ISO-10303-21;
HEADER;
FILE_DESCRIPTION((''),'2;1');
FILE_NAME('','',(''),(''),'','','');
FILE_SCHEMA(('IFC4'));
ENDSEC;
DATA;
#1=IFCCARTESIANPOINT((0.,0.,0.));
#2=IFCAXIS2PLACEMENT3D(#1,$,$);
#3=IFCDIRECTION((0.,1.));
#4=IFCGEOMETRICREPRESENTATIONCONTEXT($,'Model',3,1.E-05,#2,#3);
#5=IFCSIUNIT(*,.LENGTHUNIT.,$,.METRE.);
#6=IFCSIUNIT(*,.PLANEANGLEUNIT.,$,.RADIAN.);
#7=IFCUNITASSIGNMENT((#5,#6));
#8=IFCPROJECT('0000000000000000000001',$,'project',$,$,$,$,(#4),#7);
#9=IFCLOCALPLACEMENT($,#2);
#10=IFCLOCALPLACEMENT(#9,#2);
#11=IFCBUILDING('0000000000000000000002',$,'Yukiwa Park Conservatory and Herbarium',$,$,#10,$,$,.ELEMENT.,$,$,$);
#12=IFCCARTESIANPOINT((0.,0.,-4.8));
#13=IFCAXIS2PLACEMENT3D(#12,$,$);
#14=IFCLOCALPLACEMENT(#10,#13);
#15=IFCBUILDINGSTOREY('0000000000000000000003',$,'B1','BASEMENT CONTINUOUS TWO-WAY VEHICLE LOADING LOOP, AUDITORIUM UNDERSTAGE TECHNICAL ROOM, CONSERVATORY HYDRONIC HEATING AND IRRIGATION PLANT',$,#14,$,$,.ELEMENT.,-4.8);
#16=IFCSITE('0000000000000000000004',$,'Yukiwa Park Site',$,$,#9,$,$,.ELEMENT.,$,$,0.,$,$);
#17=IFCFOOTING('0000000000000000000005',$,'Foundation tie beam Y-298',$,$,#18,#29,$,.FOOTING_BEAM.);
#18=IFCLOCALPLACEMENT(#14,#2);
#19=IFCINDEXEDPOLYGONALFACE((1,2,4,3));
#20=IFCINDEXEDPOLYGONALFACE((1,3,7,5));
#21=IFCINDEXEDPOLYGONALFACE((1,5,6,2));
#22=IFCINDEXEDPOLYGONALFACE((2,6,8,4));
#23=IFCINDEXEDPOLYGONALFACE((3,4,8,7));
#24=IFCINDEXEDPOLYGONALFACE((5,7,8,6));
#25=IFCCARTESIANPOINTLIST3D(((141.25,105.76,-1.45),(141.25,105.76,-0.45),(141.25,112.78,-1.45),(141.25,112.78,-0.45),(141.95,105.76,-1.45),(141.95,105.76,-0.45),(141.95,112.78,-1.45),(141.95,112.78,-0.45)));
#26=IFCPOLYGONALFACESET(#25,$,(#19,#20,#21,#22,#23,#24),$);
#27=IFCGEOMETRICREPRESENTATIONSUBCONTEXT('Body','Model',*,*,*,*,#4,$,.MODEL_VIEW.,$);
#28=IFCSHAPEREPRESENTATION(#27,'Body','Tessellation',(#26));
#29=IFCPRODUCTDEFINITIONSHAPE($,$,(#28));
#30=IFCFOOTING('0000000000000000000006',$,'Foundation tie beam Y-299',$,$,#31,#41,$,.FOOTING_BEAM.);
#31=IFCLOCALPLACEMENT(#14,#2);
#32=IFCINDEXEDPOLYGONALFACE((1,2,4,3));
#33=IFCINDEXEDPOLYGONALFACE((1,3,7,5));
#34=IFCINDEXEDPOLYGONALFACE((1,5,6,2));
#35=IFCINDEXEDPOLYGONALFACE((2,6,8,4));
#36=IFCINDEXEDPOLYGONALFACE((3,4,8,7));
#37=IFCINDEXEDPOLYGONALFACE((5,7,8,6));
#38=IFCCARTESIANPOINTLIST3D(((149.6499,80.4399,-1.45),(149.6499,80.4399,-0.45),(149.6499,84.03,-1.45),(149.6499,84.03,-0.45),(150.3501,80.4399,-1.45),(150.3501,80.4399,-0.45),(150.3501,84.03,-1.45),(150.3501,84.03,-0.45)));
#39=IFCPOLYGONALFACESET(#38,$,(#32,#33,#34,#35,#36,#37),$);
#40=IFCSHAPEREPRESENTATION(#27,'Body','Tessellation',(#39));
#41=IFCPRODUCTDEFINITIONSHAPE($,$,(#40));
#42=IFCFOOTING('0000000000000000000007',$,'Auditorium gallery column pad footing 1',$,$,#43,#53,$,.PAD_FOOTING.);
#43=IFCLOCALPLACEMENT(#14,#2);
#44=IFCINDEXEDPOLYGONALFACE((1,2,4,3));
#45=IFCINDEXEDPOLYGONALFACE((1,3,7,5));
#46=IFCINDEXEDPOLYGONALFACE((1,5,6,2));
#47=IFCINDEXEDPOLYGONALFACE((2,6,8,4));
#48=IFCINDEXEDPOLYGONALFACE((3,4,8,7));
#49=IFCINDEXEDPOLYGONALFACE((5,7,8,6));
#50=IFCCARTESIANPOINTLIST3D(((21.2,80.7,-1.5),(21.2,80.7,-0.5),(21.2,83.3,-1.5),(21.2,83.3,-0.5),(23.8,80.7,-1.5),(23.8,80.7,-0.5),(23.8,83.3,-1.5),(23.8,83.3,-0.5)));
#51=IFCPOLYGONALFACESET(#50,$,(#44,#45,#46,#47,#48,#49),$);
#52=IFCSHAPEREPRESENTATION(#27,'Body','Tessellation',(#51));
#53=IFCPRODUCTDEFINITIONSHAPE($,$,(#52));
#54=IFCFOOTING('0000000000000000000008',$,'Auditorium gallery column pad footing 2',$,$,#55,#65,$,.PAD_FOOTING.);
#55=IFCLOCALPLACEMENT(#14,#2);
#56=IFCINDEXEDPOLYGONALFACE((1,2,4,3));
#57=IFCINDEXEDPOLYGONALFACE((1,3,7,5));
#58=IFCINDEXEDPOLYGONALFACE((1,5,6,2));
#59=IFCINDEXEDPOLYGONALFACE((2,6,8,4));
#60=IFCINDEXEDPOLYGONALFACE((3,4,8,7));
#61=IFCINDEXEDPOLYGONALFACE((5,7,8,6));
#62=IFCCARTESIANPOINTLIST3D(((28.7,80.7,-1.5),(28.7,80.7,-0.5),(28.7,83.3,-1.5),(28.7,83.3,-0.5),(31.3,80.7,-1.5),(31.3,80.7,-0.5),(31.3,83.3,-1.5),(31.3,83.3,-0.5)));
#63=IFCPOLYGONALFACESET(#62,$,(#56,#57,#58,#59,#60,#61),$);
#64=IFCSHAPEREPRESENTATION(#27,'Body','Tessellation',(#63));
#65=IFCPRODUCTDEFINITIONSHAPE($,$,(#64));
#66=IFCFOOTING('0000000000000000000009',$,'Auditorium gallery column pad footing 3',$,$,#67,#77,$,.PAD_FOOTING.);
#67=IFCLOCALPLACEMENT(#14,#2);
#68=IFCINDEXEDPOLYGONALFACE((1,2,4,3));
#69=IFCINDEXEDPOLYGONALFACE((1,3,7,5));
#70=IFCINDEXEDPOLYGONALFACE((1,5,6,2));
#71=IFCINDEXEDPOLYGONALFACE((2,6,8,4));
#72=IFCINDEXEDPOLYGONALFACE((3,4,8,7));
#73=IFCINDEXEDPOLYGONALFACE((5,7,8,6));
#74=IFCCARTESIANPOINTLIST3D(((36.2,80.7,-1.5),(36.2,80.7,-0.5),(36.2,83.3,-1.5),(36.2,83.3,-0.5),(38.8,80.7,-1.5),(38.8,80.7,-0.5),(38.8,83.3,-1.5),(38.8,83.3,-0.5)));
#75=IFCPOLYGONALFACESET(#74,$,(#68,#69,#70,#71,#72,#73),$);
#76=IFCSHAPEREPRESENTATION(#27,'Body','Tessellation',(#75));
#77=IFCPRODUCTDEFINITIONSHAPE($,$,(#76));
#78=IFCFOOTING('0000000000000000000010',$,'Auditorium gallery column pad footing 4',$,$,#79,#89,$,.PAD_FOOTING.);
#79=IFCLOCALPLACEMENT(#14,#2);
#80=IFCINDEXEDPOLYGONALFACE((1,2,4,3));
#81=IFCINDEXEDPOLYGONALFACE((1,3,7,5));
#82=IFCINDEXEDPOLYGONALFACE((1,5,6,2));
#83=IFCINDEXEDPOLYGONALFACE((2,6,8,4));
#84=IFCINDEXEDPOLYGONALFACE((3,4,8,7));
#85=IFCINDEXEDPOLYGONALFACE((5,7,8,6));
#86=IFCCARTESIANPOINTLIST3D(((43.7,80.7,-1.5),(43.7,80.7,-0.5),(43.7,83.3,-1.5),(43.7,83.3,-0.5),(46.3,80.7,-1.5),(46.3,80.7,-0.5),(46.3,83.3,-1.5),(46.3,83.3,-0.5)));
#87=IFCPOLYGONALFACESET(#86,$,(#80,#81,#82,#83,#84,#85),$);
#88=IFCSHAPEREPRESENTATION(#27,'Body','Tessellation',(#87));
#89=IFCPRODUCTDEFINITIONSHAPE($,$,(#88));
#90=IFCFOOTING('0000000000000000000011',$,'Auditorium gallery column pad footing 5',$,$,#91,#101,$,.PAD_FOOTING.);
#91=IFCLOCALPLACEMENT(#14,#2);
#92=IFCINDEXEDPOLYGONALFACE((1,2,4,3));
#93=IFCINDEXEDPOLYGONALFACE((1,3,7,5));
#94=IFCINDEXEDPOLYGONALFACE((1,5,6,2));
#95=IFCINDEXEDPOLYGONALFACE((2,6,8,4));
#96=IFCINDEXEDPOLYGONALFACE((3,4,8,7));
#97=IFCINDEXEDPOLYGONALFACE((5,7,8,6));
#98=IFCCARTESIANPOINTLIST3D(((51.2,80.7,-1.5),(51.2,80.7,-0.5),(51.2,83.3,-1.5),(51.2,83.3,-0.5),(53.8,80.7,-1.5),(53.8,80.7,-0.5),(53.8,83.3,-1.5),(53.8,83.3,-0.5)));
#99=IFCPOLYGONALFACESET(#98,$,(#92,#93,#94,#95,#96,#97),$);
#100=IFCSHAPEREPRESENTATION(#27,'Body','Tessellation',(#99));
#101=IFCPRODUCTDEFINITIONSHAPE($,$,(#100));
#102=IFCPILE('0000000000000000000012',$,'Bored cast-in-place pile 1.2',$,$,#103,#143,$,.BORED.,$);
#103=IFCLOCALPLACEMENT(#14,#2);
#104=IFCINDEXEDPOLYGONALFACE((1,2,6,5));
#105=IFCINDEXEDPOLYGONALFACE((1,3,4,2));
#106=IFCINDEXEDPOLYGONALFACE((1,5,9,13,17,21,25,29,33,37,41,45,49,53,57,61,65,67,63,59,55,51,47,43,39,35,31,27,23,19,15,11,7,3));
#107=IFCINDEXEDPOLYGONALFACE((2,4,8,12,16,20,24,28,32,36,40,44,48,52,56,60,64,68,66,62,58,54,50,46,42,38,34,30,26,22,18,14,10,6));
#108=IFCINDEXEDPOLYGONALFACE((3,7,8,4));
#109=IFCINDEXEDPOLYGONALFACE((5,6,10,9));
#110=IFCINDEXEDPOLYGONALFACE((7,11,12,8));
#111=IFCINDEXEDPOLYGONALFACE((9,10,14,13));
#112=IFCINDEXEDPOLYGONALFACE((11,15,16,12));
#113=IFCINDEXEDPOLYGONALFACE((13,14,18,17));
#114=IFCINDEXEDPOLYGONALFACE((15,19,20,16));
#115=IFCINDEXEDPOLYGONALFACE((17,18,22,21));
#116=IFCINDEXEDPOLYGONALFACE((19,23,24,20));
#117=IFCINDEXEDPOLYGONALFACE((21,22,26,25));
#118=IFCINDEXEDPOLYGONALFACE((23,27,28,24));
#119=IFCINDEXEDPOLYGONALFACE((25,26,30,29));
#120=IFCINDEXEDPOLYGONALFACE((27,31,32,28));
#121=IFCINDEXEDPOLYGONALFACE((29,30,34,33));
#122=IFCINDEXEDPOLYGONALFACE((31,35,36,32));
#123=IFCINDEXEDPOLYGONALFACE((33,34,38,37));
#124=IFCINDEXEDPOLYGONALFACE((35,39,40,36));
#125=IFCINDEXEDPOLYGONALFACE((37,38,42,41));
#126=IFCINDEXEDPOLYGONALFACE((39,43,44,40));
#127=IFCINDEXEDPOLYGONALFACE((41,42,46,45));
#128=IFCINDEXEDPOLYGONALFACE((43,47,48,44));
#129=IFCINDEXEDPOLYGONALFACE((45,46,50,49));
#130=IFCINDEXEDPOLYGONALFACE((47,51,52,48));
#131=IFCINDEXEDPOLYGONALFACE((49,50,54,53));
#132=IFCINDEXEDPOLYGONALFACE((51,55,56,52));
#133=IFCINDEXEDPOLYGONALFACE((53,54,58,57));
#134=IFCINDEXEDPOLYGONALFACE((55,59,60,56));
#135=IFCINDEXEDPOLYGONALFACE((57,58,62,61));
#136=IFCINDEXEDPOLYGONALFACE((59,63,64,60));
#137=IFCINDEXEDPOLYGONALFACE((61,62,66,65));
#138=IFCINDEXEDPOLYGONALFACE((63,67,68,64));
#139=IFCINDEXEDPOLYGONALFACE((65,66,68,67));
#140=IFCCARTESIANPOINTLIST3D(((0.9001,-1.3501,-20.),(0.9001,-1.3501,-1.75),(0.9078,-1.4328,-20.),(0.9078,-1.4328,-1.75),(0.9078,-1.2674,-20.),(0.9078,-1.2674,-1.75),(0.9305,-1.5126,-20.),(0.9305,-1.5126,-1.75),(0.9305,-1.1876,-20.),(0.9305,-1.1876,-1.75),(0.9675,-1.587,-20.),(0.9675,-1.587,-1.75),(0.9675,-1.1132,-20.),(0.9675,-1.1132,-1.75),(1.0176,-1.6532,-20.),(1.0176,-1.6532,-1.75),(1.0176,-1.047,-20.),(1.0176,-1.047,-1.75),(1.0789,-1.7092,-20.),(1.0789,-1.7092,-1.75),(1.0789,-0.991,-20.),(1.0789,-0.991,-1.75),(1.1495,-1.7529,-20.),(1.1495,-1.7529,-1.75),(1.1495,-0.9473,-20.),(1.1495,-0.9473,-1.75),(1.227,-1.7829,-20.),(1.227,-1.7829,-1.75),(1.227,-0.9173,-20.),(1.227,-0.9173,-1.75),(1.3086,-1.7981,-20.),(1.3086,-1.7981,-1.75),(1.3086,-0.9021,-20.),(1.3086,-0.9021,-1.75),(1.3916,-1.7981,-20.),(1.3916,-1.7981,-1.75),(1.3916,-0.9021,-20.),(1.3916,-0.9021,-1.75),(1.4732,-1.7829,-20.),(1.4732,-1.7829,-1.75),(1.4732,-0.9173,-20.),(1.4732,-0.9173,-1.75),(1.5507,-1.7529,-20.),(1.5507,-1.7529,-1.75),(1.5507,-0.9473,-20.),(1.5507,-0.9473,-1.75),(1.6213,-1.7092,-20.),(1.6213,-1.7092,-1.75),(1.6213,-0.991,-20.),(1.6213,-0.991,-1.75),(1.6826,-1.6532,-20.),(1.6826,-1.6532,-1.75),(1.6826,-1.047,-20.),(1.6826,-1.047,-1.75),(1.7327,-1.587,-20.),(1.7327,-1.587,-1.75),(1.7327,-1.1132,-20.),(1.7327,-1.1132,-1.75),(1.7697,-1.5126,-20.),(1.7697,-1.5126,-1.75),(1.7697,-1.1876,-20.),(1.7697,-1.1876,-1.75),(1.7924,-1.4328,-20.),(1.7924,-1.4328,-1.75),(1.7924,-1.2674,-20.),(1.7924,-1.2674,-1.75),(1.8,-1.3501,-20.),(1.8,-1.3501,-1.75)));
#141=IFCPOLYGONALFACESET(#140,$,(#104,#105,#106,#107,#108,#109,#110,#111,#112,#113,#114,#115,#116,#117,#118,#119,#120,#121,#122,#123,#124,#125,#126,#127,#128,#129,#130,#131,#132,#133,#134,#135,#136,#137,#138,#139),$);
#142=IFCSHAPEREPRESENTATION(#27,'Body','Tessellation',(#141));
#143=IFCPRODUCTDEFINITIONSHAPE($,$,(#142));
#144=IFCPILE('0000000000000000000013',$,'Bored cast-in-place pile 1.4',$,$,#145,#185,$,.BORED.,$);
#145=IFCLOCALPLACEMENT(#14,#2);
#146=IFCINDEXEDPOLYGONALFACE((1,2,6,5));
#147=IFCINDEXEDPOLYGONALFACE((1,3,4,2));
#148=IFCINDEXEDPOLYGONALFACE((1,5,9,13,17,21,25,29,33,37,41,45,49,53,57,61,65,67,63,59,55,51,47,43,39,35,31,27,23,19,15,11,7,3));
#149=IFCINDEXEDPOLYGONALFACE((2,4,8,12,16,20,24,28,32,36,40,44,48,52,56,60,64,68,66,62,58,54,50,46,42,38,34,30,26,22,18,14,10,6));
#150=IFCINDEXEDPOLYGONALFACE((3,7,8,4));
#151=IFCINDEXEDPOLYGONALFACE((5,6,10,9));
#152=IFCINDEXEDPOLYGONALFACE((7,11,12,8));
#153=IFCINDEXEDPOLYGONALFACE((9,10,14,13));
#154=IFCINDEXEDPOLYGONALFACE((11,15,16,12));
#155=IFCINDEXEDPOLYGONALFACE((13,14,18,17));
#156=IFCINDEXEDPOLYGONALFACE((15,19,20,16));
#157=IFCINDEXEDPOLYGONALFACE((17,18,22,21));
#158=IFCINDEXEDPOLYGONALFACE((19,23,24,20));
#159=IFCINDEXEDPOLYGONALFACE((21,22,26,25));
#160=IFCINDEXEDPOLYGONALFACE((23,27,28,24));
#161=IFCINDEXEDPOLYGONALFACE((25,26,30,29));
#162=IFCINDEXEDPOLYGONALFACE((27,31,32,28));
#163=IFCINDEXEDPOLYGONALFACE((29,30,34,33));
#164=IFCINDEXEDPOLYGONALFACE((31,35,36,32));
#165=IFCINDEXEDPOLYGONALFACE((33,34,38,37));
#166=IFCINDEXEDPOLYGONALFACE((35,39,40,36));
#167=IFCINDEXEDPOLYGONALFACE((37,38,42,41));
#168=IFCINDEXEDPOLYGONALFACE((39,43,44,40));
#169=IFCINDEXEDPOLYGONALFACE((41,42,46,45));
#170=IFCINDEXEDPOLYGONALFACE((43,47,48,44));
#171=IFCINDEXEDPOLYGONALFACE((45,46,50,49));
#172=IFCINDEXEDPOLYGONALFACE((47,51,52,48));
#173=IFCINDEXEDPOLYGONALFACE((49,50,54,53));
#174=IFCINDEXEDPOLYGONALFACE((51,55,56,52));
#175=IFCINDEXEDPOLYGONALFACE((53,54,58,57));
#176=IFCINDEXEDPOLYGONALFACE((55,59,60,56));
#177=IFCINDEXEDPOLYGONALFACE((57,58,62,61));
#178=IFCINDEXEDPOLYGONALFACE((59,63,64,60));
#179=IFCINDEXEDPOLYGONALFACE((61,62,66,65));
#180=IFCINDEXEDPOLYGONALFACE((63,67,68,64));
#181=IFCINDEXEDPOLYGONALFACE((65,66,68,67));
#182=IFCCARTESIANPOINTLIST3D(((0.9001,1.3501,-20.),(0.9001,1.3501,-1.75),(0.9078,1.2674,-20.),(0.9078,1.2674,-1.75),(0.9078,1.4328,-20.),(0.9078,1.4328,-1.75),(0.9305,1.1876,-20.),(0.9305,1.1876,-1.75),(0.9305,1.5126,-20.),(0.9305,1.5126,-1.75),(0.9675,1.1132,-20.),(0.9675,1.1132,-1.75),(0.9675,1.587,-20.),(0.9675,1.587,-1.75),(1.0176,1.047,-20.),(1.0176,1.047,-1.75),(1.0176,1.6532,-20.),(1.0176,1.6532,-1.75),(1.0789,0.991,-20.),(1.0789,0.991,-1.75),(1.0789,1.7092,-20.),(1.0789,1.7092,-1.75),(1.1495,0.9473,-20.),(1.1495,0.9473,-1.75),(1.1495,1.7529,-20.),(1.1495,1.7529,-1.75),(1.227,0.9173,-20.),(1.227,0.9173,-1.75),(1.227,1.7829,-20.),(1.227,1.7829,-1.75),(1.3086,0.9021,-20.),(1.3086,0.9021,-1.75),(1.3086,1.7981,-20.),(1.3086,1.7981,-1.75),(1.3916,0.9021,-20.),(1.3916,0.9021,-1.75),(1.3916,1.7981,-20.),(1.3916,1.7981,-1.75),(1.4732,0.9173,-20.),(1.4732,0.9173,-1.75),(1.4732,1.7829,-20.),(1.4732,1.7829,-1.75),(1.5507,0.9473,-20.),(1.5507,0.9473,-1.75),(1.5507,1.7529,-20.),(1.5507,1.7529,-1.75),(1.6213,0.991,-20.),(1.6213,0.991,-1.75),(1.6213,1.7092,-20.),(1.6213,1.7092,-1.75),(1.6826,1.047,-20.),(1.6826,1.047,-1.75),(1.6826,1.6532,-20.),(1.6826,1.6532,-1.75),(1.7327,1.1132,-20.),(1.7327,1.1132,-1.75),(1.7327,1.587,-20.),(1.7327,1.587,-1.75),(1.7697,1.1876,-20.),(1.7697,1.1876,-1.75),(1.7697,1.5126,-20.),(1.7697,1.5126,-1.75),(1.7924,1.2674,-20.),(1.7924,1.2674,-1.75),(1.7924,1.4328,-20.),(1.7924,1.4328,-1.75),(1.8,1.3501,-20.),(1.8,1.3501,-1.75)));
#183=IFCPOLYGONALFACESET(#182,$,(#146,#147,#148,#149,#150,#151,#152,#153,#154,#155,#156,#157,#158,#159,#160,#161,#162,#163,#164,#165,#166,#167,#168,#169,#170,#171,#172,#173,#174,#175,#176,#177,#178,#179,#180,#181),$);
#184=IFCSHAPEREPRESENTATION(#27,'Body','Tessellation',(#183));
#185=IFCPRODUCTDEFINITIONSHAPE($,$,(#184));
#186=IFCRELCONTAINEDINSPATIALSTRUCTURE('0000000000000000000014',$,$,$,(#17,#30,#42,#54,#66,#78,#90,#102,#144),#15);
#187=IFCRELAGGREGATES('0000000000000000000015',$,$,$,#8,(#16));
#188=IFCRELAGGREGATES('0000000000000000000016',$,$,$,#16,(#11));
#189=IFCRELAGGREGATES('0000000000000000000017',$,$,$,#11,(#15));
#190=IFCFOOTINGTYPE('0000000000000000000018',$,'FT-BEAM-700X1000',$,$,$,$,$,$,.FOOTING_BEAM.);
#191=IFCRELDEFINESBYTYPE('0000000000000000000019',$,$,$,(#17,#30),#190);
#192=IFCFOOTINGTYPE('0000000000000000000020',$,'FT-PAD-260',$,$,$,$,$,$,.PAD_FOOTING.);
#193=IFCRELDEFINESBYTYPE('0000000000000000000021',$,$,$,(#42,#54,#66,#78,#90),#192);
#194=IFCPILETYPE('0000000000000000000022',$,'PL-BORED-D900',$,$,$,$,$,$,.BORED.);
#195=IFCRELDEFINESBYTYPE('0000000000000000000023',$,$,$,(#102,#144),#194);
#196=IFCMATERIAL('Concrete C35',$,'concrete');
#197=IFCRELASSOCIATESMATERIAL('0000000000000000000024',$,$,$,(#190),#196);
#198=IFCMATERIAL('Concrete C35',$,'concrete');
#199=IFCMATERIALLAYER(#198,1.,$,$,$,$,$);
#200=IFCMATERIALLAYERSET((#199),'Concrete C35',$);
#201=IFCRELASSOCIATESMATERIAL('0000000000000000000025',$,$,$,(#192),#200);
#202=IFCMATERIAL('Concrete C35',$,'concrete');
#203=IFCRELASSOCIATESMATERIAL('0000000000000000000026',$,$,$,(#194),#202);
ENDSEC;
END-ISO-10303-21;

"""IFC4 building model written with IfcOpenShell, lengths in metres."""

from ifc_helpers import new_model, si_unit, direction, frame, origin, origin_2d, place, context, subcontext, project, spatial, polyline, circle, outline, extrude, material, layer, layer_set, material_profile, profile_set, type_object, element, save


model = new_model("IFC4")

# Units and contexts
model_context = context("Model", 3, precision=1e-05, world=origin(), true_north=direction((0.0, 1.0)))
body_context = subcontext(model_context, "Body", "Model", "MODEL_VIEW")
ifc_project = project(units=[si_unit("LENGTHUNIT", "METRE"), si_unit("PLANEANGLEUNIT", "RADIAN")], contexts=[model_context])

# Site, building, storey
site_placement = place(None, origin())
site = spatial("IfcSite", under=ifc_project, at=site_placement, Name="Yukiwa Park Site", CompositionType="ELEMENT", RefElevation=0.0)
building_placement = place(site_placement, origin())
building = spatial("IfcBuilding", under=site, at=building_placement, Name="Yukiwa Park Conservatory and Herbarium", CompositionType="ELEMENT")
storey_placement = place(building_placement, frame((0.0, 0.0, -4.8)))
storey = spatial("IfcBuildingStorey", under=building, at=storey_placement, Name="B1", Description="BASEMENT CONTINUOUS TWO-WAY VEHICLE LOADING LOOP, AUDITORIUM UNDERSTAGE TECHNICAL ROOM, CONSERVATORY HYDRONIC HEATING AND IRRIGATION PLANT", CompositionType="ELEMENT", Elevation=-4.8)

# Footings
ifc_material_1 = material(Name="Concrete C35", Category="concrete")
footing_type_1 = type_object("IfcFootingType", Name="FT-BEAM-700X1000", PredefinedType="FOOTING_BEAM", material=ifc_material_1)
footing_1_placement = place(storey_placement, frame((0.0, 0.0, -1.45)))
element("IfcFooting", 1, at=footing_1_placement, inside=storey, type_object=footing_type_1, Name="Foundation tie beam Y-298", PredefinedType="FOOTING_BEAM", context=body_context, shape_type="SweptSolid", body=[
    extrude(outline(polyline([(141.25, 105.76), (141.95, 105.76), (141.95, 112.78), (141.25, 112.78), (141.25, 105.76)])), origin(), (0.0, 0.0, 1.0), 1.0),
])
footing_2_placement = place(storey_placement, frame((0.0, 0.0, -1.45)))
element("IfcFooting", 2, at=footing_2_placement, inside=storey, type_object=footing_type_1, Name="Foundation tie beam Y-299", PredefinedType="FOOTING_BEAM", context=body_context, shape_type="SweptSolid", body=[
    extrude(outline(polyline([(149.6499, 80.4399), (150.3501, 80.4399), (150.3501, 84.03), (149.6499, 84.03), (149.6499, 80.4399)])), origin(), (0.0, 0.0, 1.0), 1.0),
])
ifc_material_2 = material(Name="Concrete C35", Category="concrete")
ifc_layer = layer(ifc_material_2, 1.0)
ifc_layer_set = layer_set([ifc_layer], Name="Concrete C35")
footing_type_2 = type_object("IfcFootingType", Name="FT-PAD-260", PredefinedType="PAD_FOOTING", material=ifc_layer_set)
footing_3_placement = place(storey_placement, frame((0.0, 0.0, -1.5)))
element("IfcFooting", 3, at=footing_3_placement, inside=storey, type_object=footing_type_2, Name="Auditorium gallery column pad footing 1", PredefinedType="PAD_FOOTING", context=body_context, shape_type="SweptSolid", body=[
    extrude(outline(polyline([(21.2, 80.7), (23.8, 80.7), (23.8, 83.3), (21.2, 83.3), (21.2, 80.7)])), origin(), (0.0, 0.0, 1.0), 1.0),
])
footing_4_placement = place(storey_placement, frame((0.0, 0.0, -1.5)))
element("IfcFooting", 4, at=footing_4_placement, inside=storey, type_object=footing_type_2, Name="Auditorium gallery column pad footing 2", PredefinedType="PAD_FOOTING", context=body_context, shape_type="SweptSolid", body=[
    extrude(outline(polyline([(28.7, 80.7), (31.3, 80.7), (31.3, 83.3), (28.7, 83.3), (28.7, 80.7)])), origin(), (0.0, 0.0, 1.0), 1.0),
])
footing_5_placement = place(storey_placement, frame((0.0, 0.0, -1.5)))
element("IfcFooting", 5, at=footing_5_placement, inside=storey, type_object=footing_type_2, Name="Auditorium gallery column pad footing 3", PredefinedType="PAD_FOOTING", context=body_context, shape_type="SweptSolid", body=[
    extrude(outline(polyline([(36.2, 80.7), (38.8, 80.7), (38.8, 83.3), (36.2, 83.3), (36.2, 80.7)])), origin(), (0.0, 0.0, 1.0), 1.0),
])
footing_6_placement = place(storey_placement, frame((0.0, 0.0, -1.5)))
element("IfcFooting", 6, at=footing_6_placement, inside=storey, type_object=footing_type_2, Name="Auditorium gallery column pad footing 4", PredefinedType="PAD_FOOTING", context=body_context, shape_type="SweptSolid", body=[
    extrude(outline(polyline([(43.7, 80.7), (46.3, 80.7), (46.3, 83.3), (43.7, 83.3), (43.7, 80.7)])), origin(), (0.0, 0.0, 1.0), 1.0),
])
footing_7_placement = place(storey_placement, frame((0.0, 0.0, -1.5)))
element("IfcFooting", 7, at=footing_7_placement, inside=storey, type_object=footing_type_2, Name="Auditorium gallery column pad footing 5", PredefinedType="PAD_FOOTING", context=body_context, shape_type="SweptSolid", body=[
    extrude(outline(polyline([(51.2, 80.7), (53.8, 80.7), (53.8, 83.3), (51.2, 83.3), (51.2, 80.7)])), origin(), (0.0, 0.0, 1.0), 1.0),
])

# Piles
ifc_material_3 = material(Name="Concrete C35", Category="concrete")
ifc_material_profile = material_profile(ifc_material_3, circle(Radius=0.45, at=origin_2d()), Name="PILE D900")
ifc_profile_set = profile_set([ifc_material_profile], Name="Concrete C35")
pile_type = type_object("IfcPileType", Name="PL-BORED-D900", PredefinedType="BORED", material=ifc_profile_set)
for number, where, z_axis, x_axis, name in (
    (8, (1.3501, -1.3501, -1.75), (0.0, 0.0, -1.0), (1.0, 0.0, 0.0), "Bored cast-in-place pile 1.2"),
    (9, (1.3501, 1.3501, -1.75), (0.0, 0.0, -1.0), (1.0, 0.0, 0.0), "Bored cast-in-place pile 1.4"),
):
    element("IfcPile", number, at=place(storey_placement, frame(where, z_axis=z_axis, x_axis=x_axis)), inside=storey, type_object=pile_type, Name=name, PredefinedType="BORED", context=body_context, shape_type="SweptSolid", body=[
        extrude(circle(Radius=0.45, at=origin_2d()), origin(), (0.0, 0.0, 1.0), 18.25),
    ])

save(model, "model.ifc")
